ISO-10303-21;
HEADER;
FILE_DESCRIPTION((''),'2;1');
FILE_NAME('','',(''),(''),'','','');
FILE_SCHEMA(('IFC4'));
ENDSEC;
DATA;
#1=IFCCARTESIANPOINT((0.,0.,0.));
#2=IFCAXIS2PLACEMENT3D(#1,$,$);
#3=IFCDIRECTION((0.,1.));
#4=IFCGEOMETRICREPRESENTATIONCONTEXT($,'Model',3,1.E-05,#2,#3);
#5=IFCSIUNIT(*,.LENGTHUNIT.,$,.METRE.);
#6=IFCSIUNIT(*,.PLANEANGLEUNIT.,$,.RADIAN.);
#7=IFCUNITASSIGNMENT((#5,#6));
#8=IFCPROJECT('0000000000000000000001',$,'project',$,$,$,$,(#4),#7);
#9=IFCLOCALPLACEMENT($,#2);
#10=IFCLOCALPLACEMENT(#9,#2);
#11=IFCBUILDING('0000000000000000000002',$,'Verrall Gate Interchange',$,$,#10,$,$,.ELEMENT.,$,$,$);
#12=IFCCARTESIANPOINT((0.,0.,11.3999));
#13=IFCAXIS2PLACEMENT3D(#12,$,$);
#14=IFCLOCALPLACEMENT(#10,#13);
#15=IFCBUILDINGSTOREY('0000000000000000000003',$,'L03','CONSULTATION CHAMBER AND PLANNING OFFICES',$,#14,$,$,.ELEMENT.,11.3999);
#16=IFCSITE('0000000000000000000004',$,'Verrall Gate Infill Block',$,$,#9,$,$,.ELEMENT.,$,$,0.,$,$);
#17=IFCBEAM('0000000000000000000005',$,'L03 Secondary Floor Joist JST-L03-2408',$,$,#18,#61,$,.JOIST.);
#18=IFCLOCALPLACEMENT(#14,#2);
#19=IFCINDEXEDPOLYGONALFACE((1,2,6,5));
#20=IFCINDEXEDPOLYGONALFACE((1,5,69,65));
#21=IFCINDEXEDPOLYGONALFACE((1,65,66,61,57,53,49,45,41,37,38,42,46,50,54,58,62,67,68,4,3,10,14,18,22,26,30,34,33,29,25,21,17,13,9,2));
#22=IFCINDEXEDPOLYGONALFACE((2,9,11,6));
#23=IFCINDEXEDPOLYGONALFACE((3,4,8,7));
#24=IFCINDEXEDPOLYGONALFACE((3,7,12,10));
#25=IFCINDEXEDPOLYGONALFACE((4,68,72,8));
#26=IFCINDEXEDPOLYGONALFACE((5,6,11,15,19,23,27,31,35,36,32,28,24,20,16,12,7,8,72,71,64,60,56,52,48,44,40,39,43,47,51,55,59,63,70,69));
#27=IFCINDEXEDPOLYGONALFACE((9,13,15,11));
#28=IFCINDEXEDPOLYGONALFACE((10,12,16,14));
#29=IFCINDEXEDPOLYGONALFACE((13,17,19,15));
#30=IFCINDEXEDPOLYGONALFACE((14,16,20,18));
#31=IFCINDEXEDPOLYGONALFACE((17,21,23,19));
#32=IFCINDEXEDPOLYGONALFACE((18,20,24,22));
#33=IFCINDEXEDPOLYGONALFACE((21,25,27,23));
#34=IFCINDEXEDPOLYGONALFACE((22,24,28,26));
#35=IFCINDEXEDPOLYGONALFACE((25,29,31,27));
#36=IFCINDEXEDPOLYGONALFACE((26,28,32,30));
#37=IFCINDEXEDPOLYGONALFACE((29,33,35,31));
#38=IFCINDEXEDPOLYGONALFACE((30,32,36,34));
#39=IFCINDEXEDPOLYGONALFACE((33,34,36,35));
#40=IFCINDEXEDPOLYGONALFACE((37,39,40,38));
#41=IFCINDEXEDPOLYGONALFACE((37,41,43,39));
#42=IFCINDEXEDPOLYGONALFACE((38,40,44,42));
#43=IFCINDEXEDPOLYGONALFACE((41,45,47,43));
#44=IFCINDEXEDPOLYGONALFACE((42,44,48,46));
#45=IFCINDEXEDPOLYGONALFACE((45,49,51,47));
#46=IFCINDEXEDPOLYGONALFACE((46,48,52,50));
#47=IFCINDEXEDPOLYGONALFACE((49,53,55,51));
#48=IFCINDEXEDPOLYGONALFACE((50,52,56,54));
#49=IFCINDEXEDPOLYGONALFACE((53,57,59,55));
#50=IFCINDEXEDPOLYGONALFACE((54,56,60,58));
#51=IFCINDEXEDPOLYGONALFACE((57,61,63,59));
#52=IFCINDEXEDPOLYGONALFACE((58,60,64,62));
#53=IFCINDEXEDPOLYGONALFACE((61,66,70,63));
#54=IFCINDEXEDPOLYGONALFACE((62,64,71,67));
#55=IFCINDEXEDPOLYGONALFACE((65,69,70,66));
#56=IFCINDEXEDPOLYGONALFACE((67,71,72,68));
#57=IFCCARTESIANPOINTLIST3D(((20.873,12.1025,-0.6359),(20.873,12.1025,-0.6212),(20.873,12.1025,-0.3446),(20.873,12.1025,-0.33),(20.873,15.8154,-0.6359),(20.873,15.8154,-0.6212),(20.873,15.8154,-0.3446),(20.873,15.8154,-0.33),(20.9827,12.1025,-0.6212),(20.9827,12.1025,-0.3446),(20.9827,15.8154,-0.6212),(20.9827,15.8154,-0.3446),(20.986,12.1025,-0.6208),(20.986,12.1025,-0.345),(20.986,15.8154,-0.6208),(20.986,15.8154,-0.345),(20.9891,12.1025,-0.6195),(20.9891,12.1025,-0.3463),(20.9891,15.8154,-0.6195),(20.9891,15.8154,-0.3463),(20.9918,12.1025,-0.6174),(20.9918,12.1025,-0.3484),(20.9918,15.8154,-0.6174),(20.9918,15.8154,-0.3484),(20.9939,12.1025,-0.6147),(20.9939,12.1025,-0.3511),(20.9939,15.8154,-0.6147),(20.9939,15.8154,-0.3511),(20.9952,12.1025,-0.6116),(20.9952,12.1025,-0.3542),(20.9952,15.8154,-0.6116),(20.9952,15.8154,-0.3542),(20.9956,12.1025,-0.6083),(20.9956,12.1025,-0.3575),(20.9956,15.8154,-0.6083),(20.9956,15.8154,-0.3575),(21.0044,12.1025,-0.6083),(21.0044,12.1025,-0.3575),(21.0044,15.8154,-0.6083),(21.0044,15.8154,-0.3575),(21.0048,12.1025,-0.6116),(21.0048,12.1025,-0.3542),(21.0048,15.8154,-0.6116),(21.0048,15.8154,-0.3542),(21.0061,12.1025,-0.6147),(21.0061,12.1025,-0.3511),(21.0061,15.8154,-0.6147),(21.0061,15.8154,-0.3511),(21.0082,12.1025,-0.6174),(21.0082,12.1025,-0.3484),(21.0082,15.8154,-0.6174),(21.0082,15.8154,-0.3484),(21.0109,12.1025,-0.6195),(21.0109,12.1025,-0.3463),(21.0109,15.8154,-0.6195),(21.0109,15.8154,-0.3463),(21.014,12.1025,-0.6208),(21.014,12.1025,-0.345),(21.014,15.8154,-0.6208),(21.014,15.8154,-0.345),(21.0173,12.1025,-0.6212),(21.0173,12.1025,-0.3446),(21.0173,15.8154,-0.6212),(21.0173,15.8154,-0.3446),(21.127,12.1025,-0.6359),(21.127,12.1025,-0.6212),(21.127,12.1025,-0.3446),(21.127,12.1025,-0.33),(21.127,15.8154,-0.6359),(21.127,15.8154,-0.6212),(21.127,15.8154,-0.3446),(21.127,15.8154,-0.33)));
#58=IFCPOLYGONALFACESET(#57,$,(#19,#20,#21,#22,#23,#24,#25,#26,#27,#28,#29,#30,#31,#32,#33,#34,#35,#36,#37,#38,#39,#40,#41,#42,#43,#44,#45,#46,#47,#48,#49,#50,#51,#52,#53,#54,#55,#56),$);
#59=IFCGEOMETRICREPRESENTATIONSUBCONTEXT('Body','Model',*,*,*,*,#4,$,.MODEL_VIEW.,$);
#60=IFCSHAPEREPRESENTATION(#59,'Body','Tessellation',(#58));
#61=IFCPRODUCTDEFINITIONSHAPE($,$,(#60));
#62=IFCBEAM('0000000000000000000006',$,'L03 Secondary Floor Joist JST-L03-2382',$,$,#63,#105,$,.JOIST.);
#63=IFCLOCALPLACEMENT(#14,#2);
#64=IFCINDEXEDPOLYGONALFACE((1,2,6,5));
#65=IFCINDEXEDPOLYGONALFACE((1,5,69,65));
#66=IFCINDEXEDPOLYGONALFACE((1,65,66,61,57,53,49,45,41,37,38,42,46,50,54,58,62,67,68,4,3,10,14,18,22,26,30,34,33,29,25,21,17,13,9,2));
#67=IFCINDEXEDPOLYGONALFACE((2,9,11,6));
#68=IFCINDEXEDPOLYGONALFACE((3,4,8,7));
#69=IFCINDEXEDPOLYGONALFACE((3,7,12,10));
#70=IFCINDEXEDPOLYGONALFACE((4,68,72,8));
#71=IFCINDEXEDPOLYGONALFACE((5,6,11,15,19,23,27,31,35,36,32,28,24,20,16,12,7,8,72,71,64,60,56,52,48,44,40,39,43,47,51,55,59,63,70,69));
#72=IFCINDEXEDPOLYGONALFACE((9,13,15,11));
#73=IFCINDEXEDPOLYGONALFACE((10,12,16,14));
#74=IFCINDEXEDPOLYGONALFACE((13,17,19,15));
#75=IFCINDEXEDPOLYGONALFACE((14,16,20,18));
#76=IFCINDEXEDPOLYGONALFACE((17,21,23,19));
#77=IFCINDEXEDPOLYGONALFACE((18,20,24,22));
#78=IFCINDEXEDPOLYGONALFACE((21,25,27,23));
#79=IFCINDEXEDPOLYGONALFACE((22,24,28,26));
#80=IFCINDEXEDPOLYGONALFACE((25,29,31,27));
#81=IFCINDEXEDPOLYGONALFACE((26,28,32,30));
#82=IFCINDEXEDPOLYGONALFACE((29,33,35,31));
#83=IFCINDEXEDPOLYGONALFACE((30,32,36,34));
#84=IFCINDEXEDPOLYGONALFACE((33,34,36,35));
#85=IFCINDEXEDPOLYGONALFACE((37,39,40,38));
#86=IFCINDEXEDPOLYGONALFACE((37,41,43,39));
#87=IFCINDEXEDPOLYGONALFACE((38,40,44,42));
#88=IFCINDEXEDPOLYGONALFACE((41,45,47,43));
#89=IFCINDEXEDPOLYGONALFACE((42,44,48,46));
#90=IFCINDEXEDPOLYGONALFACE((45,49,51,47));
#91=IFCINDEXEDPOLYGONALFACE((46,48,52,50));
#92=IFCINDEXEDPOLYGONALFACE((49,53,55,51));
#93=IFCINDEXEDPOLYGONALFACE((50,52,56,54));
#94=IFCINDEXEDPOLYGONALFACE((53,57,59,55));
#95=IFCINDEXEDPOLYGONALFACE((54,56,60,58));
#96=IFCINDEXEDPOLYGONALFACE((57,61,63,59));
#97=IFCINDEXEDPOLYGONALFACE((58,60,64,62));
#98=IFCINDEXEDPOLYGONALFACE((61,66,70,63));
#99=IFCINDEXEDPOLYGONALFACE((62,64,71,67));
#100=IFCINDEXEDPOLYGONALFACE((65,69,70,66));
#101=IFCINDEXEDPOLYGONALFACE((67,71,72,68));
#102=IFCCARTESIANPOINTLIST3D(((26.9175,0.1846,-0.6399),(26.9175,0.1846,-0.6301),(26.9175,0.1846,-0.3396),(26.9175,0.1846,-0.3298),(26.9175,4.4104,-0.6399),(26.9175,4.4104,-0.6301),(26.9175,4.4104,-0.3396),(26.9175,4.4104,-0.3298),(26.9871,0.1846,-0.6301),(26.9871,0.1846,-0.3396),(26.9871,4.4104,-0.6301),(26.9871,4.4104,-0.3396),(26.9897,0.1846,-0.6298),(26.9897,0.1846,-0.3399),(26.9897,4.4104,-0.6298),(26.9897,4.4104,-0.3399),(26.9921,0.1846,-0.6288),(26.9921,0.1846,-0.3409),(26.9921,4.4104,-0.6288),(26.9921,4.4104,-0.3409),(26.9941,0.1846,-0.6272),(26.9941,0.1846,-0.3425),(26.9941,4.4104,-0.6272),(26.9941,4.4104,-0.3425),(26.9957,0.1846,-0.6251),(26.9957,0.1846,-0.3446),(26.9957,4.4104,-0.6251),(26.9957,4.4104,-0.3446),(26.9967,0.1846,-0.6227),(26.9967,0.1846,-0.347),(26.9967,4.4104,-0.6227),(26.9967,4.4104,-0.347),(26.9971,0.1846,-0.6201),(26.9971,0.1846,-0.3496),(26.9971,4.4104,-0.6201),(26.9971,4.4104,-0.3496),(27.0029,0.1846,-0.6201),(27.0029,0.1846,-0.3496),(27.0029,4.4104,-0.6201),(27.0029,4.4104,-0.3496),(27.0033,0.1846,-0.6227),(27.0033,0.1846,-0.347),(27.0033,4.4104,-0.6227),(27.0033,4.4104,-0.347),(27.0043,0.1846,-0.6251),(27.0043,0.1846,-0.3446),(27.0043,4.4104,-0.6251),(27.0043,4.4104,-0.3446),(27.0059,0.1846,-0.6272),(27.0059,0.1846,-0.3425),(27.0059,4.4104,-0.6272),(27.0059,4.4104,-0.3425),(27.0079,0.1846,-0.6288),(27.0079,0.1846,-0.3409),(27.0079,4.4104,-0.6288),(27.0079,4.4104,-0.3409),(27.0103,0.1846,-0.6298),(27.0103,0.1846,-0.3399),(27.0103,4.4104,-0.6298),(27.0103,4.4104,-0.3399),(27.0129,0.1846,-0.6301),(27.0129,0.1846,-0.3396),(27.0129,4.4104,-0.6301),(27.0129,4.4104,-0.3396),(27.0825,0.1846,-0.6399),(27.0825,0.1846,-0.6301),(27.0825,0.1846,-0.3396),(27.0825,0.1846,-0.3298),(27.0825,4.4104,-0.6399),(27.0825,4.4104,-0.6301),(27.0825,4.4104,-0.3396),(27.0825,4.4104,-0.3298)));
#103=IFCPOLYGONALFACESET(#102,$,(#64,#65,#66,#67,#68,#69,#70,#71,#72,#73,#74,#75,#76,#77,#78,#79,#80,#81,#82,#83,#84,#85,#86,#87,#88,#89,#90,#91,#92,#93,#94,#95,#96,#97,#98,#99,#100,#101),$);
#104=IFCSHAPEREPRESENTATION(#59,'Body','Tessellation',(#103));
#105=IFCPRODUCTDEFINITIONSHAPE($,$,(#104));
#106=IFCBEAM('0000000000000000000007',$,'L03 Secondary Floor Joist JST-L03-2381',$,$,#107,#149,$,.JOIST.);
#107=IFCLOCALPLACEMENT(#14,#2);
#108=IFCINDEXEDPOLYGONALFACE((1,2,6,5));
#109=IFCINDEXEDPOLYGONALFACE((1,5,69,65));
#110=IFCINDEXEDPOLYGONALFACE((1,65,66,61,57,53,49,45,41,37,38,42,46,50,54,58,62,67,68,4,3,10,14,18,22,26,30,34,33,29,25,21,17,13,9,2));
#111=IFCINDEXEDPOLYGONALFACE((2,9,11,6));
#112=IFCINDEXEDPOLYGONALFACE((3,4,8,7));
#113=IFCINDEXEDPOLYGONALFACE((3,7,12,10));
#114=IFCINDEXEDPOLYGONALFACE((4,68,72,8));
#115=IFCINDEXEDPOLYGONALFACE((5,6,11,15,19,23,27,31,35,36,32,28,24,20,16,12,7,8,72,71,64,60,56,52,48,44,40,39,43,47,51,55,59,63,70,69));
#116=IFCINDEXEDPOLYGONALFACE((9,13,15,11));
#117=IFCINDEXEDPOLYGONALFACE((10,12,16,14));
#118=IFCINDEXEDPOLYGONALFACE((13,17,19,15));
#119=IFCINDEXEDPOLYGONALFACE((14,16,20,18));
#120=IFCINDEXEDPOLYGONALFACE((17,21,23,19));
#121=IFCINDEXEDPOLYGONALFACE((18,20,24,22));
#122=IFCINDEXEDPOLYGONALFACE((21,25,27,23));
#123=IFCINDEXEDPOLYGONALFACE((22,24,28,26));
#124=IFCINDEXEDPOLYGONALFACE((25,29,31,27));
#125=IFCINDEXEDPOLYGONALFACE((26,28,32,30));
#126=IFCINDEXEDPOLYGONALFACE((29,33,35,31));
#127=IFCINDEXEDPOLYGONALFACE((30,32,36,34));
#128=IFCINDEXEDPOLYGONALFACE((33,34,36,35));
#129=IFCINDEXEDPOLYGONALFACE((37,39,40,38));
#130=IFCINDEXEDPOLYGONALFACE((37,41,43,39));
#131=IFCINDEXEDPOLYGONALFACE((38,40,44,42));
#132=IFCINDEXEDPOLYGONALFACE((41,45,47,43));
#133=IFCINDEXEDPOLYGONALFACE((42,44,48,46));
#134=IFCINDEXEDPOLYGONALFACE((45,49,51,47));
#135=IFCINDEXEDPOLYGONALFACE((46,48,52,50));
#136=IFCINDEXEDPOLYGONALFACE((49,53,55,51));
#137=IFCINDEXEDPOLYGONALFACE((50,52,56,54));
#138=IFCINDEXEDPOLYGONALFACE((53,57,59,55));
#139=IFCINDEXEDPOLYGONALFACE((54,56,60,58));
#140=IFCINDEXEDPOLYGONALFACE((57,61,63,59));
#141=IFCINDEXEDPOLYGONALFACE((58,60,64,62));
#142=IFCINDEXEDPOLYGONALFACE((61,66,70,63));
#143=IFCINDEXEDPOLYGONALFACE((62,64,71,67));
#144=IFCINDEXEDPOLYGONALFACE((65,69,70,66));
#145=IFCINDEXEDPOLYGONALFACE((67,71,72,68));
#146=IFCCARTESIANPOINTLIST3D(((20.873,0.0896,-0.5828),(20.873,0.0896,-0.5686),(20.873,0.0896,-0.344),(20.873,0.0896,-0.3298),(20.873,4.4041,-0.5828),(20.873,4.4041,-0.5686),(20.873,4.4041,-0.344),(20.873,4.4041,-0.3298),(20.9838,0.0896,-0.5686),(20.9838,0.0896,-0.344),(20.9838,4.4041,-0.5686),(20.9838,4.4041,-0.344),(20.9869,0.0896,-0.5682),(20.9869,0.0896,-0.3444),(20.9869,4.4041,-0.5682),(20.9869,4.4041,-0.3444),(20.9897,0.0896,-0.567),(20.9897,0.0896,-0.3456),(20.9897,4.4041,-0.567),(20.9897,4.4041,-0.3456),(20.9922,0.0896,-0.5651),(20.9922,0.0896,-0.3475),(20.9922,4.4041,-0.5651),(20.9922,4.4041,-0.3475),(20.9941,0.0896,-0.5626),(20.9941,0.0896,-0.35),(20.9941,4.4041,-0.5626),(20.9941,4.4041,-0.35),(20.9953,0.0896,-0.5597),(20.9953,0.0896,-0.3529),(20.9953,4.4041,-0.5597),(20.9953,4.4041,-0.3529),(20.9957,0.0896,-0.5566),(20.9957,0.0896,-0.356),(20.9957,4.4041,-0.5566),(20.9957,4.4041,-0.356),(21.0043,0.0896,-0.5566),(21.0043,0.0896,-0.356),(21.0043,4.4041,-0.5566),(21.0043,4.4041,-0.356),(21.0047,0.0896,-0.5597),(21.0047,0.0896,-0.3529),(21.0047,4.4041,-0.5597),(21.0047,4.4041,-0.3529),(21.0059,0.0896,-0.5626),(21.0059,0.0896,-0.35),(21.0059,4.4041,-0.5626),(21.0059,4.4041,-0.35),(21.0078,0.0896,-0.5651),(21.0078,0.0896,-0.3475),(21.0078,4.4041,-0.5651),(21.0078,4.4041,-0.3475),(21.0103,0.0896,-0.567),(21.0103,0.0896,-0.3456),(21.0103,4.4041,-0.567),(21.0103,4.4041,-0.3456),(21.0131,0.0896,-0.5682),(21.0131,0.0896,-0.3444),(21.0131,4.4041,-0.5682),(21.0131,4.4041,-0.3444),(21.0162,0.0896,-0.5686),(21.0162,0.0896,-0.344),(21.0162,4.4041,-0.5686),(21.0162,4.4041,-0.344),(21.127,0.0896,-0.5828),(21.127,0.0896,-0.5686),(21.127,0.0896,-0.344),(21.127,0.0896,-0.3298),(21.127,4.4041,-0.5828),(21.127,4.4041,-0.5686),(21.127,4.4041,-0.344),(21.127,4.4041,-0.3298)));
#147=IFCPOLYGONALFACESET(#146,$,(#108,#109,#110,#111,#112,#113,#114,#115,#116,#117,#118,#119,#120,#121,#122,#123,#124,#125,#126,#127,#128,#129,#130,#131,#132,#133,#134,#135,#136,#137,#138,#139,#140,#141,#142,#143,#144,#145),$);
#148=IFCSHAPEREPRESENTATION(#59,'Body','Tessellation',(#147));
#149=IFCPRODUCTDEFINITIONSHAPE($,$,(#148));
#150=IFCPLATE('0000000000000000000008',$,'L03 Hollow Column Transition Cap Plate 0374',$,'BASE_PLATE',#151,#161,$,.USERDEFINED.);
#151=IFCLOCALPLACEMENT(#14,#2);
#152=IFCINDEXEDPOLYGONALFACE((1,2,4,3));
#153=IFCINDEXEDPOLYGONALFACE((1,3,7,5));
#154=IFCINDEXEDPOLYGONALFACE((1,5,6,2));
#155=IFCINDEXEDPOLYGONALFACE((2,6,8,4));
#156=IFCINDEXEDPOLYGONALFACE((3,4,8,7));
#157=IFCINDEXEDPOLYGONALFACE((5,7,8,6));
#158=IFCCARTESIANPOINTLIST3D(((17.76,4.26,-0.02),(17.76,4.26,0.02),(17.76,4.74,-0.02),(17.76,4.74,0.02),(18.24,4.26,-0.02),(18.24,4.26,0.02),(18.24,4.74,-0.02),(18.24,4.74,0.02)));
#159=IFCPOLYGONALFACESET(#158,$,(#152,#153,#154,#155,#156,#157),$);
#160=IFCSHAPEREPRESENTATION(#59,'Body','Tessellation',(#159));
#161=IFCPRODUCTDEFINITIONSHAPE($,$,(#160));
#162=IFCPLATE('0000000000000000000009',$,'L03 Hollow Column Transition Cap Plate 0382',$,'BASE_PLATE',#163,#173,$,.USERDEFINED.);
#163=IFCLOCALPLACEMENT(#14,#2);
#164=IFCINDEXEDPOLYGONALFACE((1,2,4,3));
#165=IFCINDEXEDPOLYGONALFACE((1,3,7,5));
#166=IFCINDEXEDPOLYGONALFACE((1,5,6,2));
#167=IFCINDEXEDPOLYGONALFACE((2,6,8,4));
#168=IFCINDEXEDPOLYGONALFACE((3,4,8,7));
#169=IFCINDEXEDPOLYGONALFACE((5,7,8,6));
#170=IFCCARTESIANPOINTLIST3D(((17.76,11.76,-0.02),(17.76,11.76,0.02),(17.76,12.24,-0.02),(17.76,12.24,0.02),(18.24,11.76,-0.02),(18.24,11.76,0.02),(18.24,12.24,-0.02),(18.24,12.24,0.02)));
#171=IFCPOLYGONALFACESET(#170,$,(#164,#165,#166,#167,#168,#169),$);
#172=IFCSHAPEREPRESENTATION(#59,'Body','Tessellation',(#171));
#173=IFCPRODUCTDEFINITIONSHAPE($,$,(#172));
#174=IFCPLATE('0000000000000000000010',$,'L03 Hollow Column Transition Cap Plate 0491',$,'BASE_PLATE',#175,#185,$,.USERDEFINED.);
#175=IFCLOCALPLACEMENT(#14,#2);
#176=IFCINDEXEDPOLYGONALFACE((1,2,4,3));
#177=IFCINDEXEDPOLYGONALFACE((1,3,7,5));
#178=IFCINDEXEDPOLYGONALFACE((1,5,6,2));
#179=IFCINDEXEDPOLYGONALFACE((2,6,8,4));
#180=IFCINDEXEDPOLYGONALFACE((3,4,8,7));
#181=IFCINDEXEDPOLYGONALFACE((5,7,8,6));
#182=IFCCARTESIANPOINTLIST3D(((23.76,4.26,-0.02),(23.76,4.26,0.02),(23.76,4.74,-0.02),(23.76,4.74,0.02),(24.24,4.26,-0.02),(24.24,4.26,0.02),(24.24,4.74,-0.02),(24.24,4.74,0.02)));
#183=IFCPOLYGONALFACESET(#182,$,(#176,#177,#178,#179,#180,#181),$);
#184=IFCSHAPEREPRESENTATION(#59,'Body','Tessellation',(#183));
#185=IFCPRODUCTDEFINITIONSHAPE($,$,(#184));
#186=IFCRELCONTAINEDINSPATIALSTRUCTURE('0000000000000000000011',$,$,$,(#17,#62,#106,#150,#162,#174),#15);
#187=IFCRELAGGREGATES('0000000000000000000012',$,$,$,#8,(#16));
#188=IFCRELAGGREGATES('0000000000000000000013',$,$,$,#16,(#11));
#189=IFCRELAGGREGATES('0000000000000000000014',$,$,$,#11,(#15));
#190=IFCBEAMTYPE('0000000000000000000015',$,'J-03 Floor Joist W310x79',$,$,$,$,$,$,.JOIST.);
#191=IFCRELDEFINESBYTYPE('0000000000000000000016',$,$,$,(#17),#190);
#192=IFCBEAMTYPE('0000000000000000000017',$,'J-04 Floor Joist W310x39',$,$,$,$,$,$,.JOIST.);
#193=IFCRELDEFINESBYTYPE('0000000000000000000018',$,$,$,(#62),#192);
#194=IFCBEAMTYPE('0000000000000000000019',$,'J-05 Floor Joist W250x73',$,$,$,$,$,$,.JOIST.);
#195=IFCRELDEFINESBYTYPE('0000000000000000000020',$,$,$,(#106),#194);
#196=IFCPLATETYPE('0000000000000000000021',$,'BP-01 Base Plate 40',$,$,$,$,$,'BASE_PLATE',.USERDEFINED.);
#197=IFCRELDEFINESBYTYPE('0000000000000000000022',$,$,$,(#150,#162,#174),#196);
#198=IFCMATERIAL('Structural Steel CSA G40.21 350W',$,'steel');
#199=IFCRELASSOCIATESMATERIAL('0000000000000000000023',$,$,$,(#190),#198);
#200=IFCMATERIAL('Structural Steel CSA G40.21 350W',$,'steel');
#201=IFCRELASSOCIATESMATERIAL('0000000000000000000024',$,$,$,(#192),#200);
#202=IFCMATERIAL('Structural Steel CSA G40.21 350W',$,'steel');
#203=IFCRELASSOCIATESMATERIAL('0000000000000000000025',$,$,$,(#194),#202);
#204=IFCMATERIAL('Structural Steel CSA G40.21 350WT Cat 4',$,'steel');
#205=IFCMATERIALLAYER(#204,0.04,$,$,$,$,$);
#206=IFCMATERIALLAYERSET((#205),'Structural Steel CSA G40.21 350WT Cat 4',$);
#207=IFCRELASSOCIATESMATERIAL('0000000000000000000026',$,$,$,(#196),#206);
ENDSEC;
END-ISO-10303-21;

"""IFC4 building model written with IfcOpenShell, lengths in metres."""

from ifc_helpers import new_model, si_unit, direction, frame, origin, origin_2d, place, context, subcontext, project, spatial, rectangle, i_section, extrude, material, layer, layer_set, material_profile, profile_set, type_object, element, save


model = new_model("IFC4")

# Units and contexts
model_context = context("Model", 3, precision=1e-05, world=origin(), true_north=direction((0.0, 1.0)))
body_context = subcontext(model_context, "Body", "Model", "MODEL_VIEW")
ifc_project = project(units=[si_unit("LENGTHUNIT", "METRE"), si_unit("PLANEANGLEUNIT", "RADIAN")], contexts=[model_context])

# Site, building, storey
site_placement = place(None, origin())
site = spatial("IfcSite", under=ifc_project, at=site_placement, Name="Verrall Gate Infill Block", CompositionType="ELEMENT", RefElevation=0.0)
building_placement = place(site_placement, origin())
building = spatial("IfcBuilding", under=site, at=building_placement, Name="Verrall Gate Interchange", CompositionType="ELEMENT")
storey_placement = place(building_placement, frame((0.0, 0.0, 11.3999)))
storey = spatial("IfcBuildingStorey", under=building, at=storey_placement, Name="L03", Description="CONSULTATION CHAMBER AND PLANNING OFFICES", CompositionType="ELEMENT", Elevation=11.3999)

# Beams
ifc_material_1 = material(Name="Structural Steel CSA G40.21 350W", Category="steel")
ifc_material_profile_1 = material_profile(ifc_material_1, i_section(OverallWidth=0.2539, OverallDepth=0.3059, WebThickness=0.0088, FlangeThickness=0.0146, FilletRadius=0.0129, at=origin_2d()), Name="W310x79")
ifc_profile_set_1 = profile_set([ifc_material_profile_1], Name="Structural Steel CSA G40.21 350W")
beam_type_1 = type_object("IfcBeamType", Name="J-03 Floor Joist W310x79", PredefinedType="JOIST", material=ifc_profile_set_1)
beam_1_placement = place(storey_placement, frame((21.0, 12.1025, -0.4829), z_axis=(0.0, 1.0, 0.0), x_axis=(-1.0, 0.0, 0.0)))
element("IfcBeam", 1, at=beam_1_placement, inside=storey, type_object=beam_type_1, Name="L03 Secondary Floor Joist JST-L03-2408", PredefinedType="JOIST", context=body_context, shape_type="SweptSolid", body=[
    extrude(i_section(OverallWidth=0.2539, OverallDepth=0.3059, WebThickness=0.0088, FlangeThickness=0.0146, FilletRadius=0.0129, at=origin_2d()), origin(), (0.0, 0.0, 1.0), 3.7129),
])
ifc_material_2 = material(Name="Structural Steel CSA G40.21 350W", Category="steel")
ifc_material_profile_2 = material_profile(ifc_material_2, i_section(OverallWidth=0.165, OverallDepth=0.3101, WebThickness=0.0059, FlangeThickness=0.0098, FilletRadius=0.01, at=origin_2d()), Name="W310x39")
ifc_profile_set_2 = profile_set([ifc_material_profile_2], Name="Structural Steel CSA G40.21 350W")
beam_type_2 = type_object("IfcBeamType", Name="J-04 Floor Joist W310x39", PredefinedType="JOIST", material=ifc_profile_set_2)
beam_2_placement = place(storey_placement, frame((27.0, 0.1846, -0.4849), z_axis=(0.0, 1.0, 0.0), x_axis=(-1.0, 0.0, 0.0)))
element("IfcBeam", 2, at=beam_2_placement, inside=storey, type_object=beam_type_2, Name="L03 Secondary Floor Joist JST-L03-2382", PredefinedType="JOIST", context=body_context, shape_type="SweptSolid", body=[
    extrude(i_section(OverallWidth=0.165, OverallDepth=0.3101, WebThickness=0.0059, FlangeThickness=0.0098, FilletRadius=0.01, at=origin_2d()), origin(), (0.0, 0.0, 1.0), 4.2258),
])
ifc_material_3 = material(Name="Structural Steel CSA G40.21 350W", Category="steel")
ifc_material_profile_3 = material_profile(ifc_material_3, i_section(OverallWidth=0.2539, OverallDepth=0.2529, WebThickness=0.0085, FlangeThickness=0.0142, FilletRadius=0.012, at=origin_2d()), Name="W250x73")
ifc_profile_set_3 = profile_set([ifc_material_profile_3], Name="Structural Steel CSA G40.21 350W")
beam_type_3 = type_object("IfcBeamType", Name="J-05 Floor Joist W250x73", PredefinedType="JOIST", material=ifc_profile_set_3)
beam_3_placement = place(storey_placement, frame((21.0, 0.0896, -0.4563), z_axis=(0.0, 1.0, 0.0), x_axis=(-1.0, 0.0, 0.0)))
element("IfcBeam", 3, at=beam_3_placement, inside=storey, type_object=beam_type_3, Name="L03 Secondary Floor Joist JST-L03-2381", PredefinedType="JOIST", context=body_context, shape_type="SweptSolid", body=[
    extrude(i_section(OverallWidth=0.2539, OverallDepth=0.2529, WebThickness=0.0085, FlangeThickness=0.0142, FilletRadius=0.012, at=origin_2d()), origin(), (0.0, 0.0, 1.0), 4.3145),
])

# Plates
ifc_material_4 = material(Name="Structural Steel CSA G40.21 350WT Cat 4", Category="steel")
ifc_layer_1 = layer(ifc_material_4, 0.04)
ifc_layer_set_1 = layer_set([ifc_layer_1], Name="Structural Steel CSA G40.21 350WT Cat 4")
plate_type = type_object("IfcPlateType", Name="BP-01 Base Plate 40", ElementType="BASE_PLATE", PredefinedType="USERDEFINED", material=ifc_layer_set_1)
for number, where, z_axis, x_axis, name in (
    (4, (18.0, 4.5, -0.02), (0.0, 0.0, 1.0), (1.0, 0.0, 0.0), "L03 Hollow Column Transition Cap Plate 0374"),
    (5, (18.0, 12.0, -0.02), (0.0, 0.0, 1.0), (1.0, 0.0, 0.0), "L03 Hollow Column Transition Cap Plate 0382"),
    (6, (24.0, 4.5, -0.02), (0.0, 0.0, 1.0), (1.0, 0.0, 0.0), "L03 Hollow Column Transition Cap Plate 0491"),
):
    element("IfcPlate", number, at=place(storey_placement, frame(where, z_axis=z_axis, x_axis=x_axis)), inside=storey, type_object=plate_type, Name=name, ObjectType="BASE_PLATE", PredefinedType="USERDEFINED", context=body_context, shape_type="SweptSolid", body=[
        extrude(rectangle(XDim=0.48, YDim=0.48, at=origin_2d()), origin(), (0.0, 0.0, 1.0), 0.04),
    ])

save(model, "model.ifc")
